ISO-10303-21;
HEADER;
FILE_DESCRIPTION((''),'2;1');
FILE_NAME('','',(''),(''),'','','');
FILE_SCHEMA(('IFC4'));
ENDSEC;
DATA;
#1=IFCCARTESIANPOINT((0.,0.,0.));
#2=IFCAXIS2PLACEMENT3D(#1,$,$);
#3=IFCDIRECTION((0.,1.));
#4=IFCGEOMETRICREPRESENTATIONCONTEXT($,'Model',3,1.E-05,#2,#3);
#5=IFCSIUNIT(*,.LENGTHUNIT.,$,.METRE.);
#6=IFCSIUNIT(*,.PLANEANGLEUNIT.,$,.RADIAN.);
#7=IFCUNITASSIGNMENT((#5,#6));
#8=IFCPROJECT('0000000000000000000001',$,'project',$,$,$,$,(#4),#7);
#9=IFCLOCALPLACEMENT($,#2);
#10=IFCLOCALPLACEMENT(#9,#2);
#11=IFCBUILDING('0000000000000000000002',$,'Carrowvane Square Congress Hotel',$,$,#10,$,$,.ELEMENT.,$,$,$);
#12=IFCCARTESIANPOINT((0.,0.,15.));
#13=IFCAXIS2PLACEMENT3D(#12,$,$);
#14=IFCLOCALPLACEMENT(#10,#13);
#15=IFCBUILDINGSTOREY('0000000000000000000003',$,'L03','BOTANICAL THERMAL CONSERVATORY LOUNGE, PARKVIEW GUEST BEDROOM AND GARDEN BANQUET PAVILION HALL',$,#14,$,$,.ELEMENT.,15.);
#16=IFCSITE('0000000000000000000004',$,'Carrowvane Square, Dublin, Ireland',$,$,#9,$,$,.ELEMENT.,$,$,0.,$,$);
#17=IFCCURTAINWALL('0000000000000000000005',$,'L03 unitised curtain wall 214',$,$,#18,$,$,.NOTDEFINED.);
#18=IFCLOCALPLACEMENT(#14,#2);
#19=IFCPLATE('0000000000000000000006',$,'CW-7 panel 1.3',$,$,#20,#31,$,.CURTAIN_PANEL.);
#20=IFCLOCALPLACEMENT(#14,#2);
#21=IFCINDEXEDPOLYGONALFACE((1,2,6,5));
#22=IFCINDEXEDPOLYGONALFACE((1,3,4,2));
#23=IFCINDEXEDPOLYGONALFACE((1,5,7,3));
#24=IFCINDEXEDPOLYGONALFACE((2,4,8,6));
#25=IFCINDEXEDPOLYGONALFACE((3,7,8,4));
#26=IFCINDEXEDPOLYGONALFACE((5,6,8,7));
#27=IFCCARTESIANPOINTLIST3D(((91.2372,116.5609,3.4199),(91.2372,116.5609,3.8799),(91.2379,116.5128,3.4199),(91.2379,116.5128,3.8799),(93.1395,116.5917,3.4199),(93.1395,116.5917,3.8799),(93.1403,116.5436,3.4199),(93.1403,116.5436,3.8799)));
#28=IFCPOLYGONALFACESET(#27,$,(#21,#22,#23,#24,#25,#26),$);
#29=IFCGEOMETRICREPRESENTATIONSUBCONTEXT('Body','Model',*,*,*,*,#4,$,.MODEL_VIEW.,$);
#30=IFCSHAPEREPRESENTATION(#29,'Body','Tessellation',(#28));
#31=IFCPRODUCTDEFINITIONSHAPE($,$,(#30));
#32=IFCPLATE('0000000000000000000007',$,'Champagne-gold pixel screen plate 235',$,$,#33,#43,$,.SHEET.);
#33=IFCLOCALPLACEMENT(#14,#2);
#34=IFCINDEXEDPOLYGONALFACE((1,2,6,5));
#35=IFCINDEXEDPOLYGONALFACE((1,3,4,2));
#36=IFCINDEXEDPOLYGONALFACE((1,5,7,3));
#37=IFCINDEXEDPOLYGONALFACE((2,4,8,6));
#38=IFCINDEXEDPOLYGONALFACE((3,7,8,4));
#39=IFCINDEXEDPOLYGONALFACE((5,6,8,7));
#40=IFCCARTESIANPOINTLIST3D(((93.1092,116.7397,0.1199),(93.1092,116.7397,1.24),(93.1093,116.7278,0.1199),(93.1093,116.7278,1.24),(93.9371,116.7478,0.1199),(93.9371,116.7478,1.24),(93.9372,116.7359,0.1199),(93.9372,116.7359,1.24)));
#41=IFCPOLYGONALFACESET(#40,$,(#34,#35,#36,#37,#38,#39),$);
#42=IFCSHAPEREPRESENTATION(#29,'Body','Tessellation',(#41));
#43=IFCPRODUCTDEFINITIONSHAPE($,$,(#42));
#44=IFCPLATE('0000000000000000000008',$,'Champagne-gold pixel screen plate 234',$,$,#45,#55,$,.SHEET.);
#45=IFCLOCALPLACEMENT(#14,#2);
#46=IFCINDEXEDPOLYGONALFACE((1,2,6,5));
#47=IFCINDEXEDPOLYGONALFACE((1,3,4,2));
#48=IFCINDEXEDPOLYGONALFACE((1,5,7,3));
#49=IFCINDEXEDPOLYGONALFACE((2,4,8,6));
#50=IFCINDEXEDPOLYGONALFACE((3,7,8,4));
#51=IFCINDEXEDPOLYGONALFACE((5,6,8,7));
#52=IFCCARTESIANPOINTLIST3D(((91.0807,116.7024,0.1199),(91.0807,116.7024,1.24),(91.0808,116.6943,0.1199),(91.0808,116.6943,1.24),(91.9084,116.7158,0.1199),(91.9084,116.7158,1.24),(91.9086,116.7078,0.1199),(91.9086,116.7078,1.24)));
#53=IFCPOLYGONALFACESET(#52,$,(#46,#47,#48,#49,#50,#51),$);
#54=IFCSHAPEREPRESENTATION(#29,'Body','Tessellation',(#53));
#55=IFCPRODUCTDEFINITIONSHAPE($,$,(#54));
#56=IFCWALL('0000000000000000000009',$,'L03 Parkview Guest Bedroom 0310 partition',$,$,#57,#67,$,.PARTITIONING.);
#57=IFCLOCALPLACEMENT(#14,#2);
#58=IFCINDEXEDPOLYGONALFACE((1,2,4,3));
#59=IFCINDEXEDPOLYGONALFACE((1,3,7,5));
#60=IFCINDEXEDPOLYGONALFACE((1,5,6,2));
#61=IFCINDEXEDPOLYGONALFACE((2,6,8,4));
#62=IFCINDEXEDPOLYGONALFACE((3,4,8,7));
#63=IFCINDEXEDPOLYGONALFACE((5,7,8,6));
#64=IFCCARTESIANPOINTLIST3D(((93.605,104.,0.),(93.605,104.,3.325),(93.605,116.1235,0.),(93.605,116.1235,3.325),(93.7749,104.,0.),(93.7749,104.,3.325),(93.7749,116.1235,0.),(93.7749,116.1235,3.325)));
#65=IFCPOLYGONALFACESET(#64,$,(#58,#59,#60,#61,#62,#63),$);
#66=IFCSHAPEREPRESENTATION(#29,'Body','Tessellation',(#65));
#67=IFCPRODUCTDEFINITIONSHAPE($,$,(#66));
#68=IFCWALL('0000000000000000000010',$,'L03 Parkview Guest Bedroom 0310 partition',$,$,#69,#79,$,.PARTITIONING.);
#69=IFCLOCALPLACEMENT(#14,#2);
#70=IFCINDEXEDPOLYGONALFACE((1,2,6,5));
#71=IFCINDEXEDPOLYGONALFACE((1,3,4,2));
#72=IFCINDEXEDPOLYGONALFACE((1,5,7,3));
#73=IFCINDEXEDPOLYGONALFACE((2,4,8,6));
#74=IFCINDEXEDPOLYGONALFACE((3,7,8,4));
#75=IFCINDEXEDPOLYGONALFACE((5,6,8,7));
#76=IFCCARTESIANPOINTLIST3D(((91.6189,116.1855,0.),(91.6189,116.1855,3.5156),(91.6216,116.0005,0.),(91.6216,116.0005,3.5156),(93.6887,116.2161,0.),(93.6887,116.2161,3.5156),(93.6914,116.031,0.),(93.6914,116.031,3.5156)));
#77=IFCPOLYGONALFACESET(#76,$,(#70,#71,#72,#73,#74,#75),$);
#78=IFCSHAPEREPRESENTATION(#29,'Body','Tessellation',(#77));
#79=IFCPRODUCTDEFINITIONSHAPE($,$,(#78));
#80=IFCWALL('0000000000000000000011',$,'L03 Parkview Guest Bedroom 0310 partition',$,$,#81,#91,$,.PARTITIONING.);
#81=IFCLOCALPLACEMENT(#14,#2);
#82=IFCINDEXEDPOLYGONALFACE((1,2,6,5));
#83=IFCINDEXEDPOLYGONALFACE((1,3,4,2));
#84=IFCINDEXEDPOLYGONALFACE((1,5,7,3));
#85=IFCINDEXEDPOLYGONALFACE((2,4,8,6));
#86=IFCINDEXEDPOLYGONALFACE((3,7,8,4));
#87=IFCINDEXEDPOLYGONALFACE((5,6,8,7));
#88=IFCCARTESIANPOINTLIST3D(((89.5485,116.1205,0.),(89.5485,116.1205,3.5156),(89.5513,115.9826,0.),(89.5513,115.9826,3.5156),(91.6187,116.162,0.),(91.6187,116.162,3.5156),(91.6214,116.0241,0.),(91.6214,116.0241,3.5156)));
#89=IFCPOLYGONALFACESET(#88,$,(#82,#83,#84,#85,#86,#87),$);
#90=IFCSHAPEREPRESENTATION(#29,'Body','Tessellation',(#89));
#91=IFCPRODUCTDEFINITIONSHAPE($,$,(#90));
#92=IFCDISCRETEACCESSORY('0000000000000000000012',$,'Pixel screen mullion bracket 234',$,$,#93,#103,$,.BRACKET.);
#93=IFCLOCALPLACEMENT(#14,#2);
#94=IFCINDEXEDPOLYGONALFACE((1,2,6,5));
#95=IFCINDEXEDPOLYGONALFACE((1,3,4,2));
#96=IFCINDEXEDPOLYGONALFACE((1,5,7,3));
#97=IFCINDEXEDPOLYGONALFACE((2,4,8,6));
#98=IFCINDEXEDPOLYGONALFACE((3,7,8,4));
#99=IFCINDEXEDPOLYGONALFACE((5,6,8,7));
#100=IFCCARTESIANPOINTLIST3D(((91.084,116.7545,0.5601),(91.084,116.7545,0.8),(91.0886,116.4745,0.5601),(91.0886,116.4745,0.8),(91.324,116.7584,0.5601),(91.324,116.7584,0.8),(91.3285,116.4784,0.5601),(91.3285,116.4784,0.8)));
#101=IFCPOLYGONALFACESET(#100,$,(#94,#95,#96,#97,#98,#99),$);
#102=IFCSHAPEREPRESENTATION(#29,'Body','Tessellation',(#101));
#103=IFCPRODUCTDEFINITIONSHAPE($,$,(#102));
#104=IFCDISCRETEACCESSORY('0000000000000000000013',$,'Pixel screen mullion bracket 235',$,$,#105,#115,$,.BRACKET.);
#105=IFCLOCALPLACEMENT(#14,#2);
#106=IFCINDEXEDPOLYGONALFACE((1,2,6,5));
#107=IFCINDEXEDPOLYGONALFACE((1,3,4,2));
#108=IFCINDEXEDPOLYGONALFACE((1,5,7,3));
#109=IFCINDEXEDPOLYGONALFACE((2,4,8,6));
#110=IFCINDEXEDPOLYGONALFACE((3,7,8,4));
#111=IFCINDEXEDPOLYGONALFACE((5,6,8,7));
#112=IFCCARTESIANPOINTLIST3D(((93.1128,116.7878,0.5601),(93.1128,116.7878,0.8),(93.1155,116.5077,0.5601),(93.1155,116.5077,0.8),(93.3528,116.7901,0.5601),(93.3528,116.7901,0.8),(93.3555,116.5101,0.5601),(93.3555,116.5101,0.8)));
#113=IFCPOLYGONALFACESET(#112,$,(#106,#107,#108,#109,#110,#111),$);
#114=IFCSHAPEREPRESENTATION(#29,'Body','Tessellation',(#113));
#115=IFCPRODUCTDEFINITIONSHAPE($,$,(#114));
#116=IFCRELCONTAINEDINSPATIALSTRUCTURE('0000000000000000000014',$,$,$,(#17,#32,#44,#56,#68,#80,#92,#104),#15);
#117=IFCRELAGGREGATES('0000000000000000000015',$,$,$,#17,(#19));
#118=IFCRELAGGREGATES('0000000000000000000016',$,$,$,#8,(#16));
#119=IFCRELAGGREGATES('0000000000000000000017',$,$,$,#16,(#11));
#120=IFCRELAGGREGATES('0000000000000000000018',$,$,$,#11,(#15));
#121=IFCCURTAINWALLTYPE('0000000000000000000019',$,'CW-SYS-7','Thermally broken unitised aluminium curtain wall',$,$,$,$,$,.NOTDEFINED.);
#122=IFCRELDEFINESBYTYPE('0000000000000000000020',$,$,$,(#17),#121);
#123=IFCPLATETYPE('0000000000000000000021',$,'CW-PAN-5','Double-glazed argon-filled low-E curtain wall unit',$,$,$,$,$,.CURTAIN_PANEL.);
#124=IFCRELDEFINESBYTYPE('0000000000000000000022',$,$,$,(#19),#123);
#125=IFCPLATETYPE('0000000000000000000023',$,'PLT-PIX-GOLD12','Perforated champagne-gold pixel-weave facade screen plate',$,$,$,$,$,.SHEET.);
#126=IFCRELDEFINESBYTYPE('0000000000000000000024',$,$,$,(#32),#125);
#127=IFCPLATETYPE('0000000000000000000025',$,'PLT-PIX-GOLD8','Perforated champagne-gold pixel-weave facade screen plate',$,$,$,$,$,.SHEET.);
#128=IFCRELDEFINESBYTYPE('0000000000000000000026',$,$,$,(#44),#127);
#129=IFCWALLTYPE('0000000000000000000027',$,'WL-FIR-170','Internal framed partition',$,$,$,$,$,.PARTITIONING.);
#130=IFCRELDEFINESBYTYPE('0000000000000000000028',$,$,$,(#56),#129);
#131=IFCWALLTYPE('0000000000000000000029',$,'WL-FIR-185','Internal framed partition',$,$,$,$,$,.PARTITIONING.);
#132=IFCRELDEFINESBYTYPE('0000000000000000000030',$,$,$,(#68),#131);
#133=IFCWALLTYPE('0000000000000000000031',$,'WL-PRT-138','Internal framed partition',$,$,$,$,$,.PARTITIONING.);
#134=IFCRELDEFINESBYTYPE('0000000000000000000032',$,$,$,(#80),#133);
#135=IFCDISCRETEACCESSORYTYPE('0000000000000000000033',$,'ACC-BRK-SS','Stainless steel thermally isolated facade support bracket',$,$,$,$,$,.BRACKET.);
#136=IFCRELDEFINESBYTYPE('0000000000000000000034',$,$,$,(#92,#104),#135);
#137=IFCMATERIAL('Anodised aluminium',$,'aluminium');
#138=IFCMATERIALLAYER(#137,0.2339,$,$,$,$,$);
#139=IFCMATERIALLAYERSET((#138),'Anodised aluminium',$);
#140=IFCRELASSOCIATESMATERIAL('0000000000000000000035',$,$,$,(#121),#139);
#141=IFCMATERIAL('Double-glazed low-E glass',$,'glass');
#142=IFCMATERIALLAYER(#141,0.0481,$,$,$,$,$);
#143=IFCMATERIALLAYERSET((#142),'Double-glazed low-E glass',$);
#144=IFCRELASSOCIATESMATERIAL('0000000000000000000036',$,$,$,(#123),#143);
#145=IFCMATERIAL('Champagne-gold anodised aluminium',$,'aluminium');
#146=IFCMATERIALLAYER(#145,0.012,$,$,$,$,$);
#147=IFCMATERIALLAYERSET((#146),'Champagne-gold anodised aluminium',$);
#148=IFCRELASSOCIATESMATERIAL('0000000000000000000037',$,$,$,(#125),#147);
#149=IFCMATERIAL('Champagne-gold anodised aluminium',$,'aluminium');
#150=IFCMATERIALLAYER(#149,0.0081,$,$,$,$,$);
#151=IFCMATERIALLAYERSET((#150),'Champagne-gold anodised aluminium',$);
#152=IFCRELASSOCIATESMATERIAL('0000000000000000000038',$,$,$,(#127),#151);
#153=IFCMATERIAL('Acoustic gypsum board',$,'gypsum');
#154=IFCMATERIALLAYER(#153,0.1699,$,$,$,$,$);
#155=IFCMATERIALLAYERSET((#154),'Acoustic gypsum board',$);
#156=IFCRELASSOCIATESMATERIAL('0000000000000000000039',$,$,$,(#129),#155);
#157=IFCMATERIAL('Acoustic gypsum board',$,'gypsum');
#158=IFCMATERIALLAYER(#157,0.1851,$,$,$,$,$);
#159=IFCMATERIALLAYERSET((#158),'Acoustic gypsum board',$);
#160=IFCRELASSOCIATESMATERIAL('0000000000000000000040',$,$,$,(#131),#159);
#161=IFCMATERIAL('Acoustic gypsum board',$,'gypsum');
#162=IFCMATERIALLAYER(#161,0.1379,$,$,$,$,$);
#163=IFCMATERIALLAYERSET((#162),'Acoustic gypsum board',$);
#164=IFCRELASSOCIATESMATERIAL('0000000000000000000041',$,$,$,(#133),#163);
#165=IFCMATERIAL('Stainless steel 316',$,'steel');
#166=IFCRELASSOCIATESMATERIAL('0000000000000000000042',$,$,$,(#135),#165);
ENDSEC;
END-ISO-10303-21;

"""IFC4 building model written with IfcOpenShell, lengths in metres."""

from ifc_helpers import new_model, si_unit, direction, frame, frame_2d, origin, origin_2d, place, context, subcontext, project, spatial, rectangle, extrude, material, layer, layer_set, type_object, element, aggregate, save


model = new_model("IFC4")

# Units and contexts
model_context = context("Model", 3, precision=1e-05, world=origin(), true_north=direction((0.0, 1.0)))
body_context = subcontext(model_context, "Body", "Model", "MODEL_VIEW")
ifc_project = project(units=[si_unit("LENGTHUNIT", "METRE"), si_unit("PLANEANGLEUNIT", "RADIAN")], contexts=[model_context])

# Site, building, storey
site_placement = place(None, origin())
site = spatial("IfcSite", under=ifc_project, at=site_placement, Name="Carrowvane Square, Dublin, Ireland", CompositionType="ELEMENT", RefElevation=0.0)
building_placement = place(site_placement, origin())
building = spatial("IfcBuilding", under=site, at=building_placement, Name="Carrowvane Square Congress Hotel", CompositionType="ELEMENT")
storey_placement = place(building_placement, frame((0.0, 0.0, 15.0)))
storey = spatial("IfcBuildingStorey", under=building, at=storey_placement, Name="L03", Description="BOTANICAL THERMAL CONSERVATORY LOUNGE, PARKVIEW GUEST BEDROOM AND GARDEN BANQUET PAVILION HALL", CompositionType="ELEMENT", Elevation=15.0)

# Curtain wall
ifc_material_1 = material(Name="Anodised aluminium", Category="aluminium")
ifc_layer_1 = layer(ifc_material_1, 0.2339)
ifc_layer_set_1 = layer_set([ifc_layer_1], Name="Anodised aluminium")
curtain_wall_type_1 = type_object("IfcCurtainWallType", Name="CW-SYS-7", Description="Thermally broken unitised aluminium curtain wall", PredefinedType="NOTDEFINED", material=ifc_layer_set_1)
curtain_wall_1_placement = place(storey_placement, origin())
curtain_wall_1 = element("IfcCurtainWall", 1, at=curtain_wall_1_placement, inside=storey, type_object=curtain_wall_type_1, Name="L03 unitised curtain wall 214", PredefinedType="NOTDEFINED")

# Plate
ifc_material_2 = material(Name="Double-glazed low-E glass", Category="glass")
ifc_layer_2 = layer(ifc_material_2, 0.0481)
ifc_layer_set_2 = layer_set([ifc_layer_2], Name="Double-glazed low-E glass")
plate_type_1 = type_object("IfcPlateType", Name="CW-PAN-5", Description="Double-glazed argon-filled low-E curtain wall unit", PredefinedType="CURTAIN_PANEL", material=ifc_layer_set_2)
plate_1_placement = place(storey_placement, frame((92.1887, 116.5522, 3.4199), z_axis=(0.0, 0.0, 1.0), x_axis=(0.999869, 0.016216, 0.0)))
plate_1 = element("IfcPlate", 2, at=plate_1_placement, type_object=plate_type_1, Name="CW-7 panel 1.3", PredefinedType="CURTAIN_PANEL", context=body_context, shape_type="SweptSolid", body=[
    extrude(rectangle(XDim=1.9026, YDim=0.0481, at=origin_2d()), origin(), (0.0, 0.0, 1.0), 0.46),
])
aggregate(curtain_wall_1, [plate_1])

# Plates
ifc_material_3 = material(Name="Champagne-gold anodised aluminium", Category="aluminium")
ifc_layer_3 = layer(ifc_material_3, 0.012)
ifc_layer_set_3 = layer_set([ifc_layer_3], Name="Champagne-gold anodised aluminium")
plate_type_2 = type_object("IfcPlateType", Name="PLT-PIX-GOLD12", Description="Perforated champagne-gold pixel-weave facade screen plate", PredefinedType="SHEET", material=ifc_layer_set_3)
plate_2_placement = place(storey_placement, frame((93.5232, 116.7378, 0.1199), z_axis=(0.0, 0.0, 1.0), x_axis=(0.999952, 0.009782, 0.0)))
element("IfcPlate", 3, at=plate_2_placement, inside=storey, type_object=plate_type_2, Name="Champagne-gold pixel screen plate 235", PredefinedType="SHEET", context=body_context, shape_type="SweptSolid", body=[
    extrude(rectangle(XDim=0.8279, YDim=0.012, at=origin_2d()), origin(), (0.0, 0.0, 1.0), 1.1201),
])
ifc_material_4 = material(Name="Champagne-gold anodised aluminium", Category="aluminium")
ifc_layer_4 = layer(ifc_material_4, 0.0081)
ifc_layer_set_4 = layer_set([ifc_layer_4], Name="Champagne-gold anodised aluminium")
plate_type_3 = type_object("IfcPlateType", Name="PLT-PIX-GOLD8", Description="Perforated champagne-gold pixel-weave facade screen plate", PredefinedType="SHEET", material=ifc_layer_set_4)
plate_3_placement = place(storey_placement, frame((91.4946, 116.7051, 0.1199), z_axis=(0.0, 0.0, 1.0), x_axis=(0.999869, 0.016216, 0.0)))
element("IfcPlate", 4, at=plate_3_placement, inside=storey, type_object=plate_type_3, Name="Champagne-gold pixel screen plate 234", PredefinedType="SHEET", context=body_context, shape_type="SweptSolid", body=[
    extrude(rectangle(XDim=0.8279, YDim=0.0081, at=origin_2d()), origin(), (0.0, 0.0, 1.0), 1.1201),
])

# Walls
ifc_material_5 = material(Name="Acoustic gypsum board", Category="gypsum")
ifc_layer_5 = layer(ifc_material_5, 0.1699)
ifc_layer_set_5 = layer_set([ifc_layer_5], Name="Acoustic gypsum board")
wall_type_1 = type_object("IfcWallType", Name="WL-FIR-170", Description="Internal framed partition", PredefinedType="PARTITIONING", material=ifc_layer_set_5)
wall_1_placement = place(storey_placement, frame((93.6899, 116.1235, 0.0), z_axis=(0.0, 0.0, 1.0), x_axis=(0.0, -1.0, 0.0)))
element("IfcWall", 5, at=wall_1_placement, inside=storey, type_object=wall_type_1, Name="L03 Parkview Guest Bedroom 0310 partition", PredefinedType="PARTITIONING", context=body_context, shape_type="SweptSolid", body=[
    extrude(rectangle(XDim=12.1235, YDim=0.1699, at=frame_2d((6.0618, 0.0))), origin(), (0.0, 0.0, 1.0), 3.325),
])
ifc_material_6 = material(Name="Acoustic gypsum board", Category="gypsum")
ifc_layer_6 = layer(ifc_material_6, 0.1851)
ifc_layer_set_6 = layer_set([ifc_layer_6], Name="Acoustic gypsum board")
wall_type_2 = type_object("IfcWallType", Name="WL-FIR-185", Description="Internal framed partition", PredefinedType="PARTITIONING", material=ifc_layer_set_6)
wall_2_placement = place(storey_placement, frame((91.6201, 116.093, 0.0), z_axis=(0.0, 0.0, 1.0), x_axis=(0.999891, 0.014742, 0.0)))
element("IfcWall", 6, at=wall_2_placement, inside=storey, type_object=wall_type_2, Name="L03 Parkview Guest Bedroom 0310 partition", PredefinedType="PARTITIONING", context=body_context, shape_type="SweptSolid", body=[
    extrude(rectangle(XDim=2.0701, YDim=0.1851, at=frame_2d((1.0352, 0.0))), origin(), (0.0, 0.0, 1.0), 3.5156),
])
ifc_material_7 = material(Name="Acoustic gypsum board", Category="gypsum")
ifc_layer_7 = layer(ifc_material_7, 0.1379)
ifc_layer_set_7 = layer_set([ifc_layer_7], Name="Acoustic gypsum board")
wall_type_3 = type_object("IfcWallType", Name="WL-PRT-138", Description="Internal framed partition", PredefinedType="PARTITIONING", material=ifc_layer_set_7)
wall_3_placement = place(storey_placement, frame((89.55, 116.0515, 0.0), z_axis=(0.0, 0.0, 1.0), x_axis=(0.999799, 0.020046, 0.0)))
element("IfcWall", 7, at=wall_3_placement, inside=storey, type_object=wall_type_3, Name="L03 Parkview Guest Bedroom 0310 partition", PredefinedType="PARTITIONING", context=body_context, shape_type="SweptSolid", body=[
    extrude(rectangle(XDim=2.0706, YDim=0.1379, at=frame_2d((1.0352, 0.0))), origin(), (0.0, 0.0, 1.0), 3.5156),
])

# Discrete accessories
ifc_material_8 = material(Name="Stainless steel 316", Category="steel")
discrete_accessory_type = type_object("IfcDiscreteAccessoryType", Name="ACC-BRK-SS", Description="Stainless steel thermally isolated facade support bracket", PredefinedType="BRACKET", material=ifc_material_8)
for number, where, z_axis, x_axis, name in (
    (8, (91.2063, 116.6165, 0.5601), (0.0, 0.0, 1.0), (0.999869, 0.016216, 0.0), "Pixel screen mullion bracket 234"),
    (9, (93.2341, 116.6489, 0.5601), (0.0, 0.0, 1.0), (0.999952, 0.009782, 0.0), "Pixel screen mullion bracket 235"),
):
    element("IfcDiscreteAccessory", number, at=place(storey_placement, frame(where, z_axis=z_axis, x_axis=x_axis)), inside=storey, type_object=discrete_accessory_type, Name=name, PredefinedType="BRACKET", context=body_context, shape_type="SweptSolid", body=[
        extrude(rectangle(XDim=0.24, YDim=0.28, at=origin_2d()), origin(), (0.0, 0.0, 1.0), 0.24),
    ])

save(model, "model.ifc")
